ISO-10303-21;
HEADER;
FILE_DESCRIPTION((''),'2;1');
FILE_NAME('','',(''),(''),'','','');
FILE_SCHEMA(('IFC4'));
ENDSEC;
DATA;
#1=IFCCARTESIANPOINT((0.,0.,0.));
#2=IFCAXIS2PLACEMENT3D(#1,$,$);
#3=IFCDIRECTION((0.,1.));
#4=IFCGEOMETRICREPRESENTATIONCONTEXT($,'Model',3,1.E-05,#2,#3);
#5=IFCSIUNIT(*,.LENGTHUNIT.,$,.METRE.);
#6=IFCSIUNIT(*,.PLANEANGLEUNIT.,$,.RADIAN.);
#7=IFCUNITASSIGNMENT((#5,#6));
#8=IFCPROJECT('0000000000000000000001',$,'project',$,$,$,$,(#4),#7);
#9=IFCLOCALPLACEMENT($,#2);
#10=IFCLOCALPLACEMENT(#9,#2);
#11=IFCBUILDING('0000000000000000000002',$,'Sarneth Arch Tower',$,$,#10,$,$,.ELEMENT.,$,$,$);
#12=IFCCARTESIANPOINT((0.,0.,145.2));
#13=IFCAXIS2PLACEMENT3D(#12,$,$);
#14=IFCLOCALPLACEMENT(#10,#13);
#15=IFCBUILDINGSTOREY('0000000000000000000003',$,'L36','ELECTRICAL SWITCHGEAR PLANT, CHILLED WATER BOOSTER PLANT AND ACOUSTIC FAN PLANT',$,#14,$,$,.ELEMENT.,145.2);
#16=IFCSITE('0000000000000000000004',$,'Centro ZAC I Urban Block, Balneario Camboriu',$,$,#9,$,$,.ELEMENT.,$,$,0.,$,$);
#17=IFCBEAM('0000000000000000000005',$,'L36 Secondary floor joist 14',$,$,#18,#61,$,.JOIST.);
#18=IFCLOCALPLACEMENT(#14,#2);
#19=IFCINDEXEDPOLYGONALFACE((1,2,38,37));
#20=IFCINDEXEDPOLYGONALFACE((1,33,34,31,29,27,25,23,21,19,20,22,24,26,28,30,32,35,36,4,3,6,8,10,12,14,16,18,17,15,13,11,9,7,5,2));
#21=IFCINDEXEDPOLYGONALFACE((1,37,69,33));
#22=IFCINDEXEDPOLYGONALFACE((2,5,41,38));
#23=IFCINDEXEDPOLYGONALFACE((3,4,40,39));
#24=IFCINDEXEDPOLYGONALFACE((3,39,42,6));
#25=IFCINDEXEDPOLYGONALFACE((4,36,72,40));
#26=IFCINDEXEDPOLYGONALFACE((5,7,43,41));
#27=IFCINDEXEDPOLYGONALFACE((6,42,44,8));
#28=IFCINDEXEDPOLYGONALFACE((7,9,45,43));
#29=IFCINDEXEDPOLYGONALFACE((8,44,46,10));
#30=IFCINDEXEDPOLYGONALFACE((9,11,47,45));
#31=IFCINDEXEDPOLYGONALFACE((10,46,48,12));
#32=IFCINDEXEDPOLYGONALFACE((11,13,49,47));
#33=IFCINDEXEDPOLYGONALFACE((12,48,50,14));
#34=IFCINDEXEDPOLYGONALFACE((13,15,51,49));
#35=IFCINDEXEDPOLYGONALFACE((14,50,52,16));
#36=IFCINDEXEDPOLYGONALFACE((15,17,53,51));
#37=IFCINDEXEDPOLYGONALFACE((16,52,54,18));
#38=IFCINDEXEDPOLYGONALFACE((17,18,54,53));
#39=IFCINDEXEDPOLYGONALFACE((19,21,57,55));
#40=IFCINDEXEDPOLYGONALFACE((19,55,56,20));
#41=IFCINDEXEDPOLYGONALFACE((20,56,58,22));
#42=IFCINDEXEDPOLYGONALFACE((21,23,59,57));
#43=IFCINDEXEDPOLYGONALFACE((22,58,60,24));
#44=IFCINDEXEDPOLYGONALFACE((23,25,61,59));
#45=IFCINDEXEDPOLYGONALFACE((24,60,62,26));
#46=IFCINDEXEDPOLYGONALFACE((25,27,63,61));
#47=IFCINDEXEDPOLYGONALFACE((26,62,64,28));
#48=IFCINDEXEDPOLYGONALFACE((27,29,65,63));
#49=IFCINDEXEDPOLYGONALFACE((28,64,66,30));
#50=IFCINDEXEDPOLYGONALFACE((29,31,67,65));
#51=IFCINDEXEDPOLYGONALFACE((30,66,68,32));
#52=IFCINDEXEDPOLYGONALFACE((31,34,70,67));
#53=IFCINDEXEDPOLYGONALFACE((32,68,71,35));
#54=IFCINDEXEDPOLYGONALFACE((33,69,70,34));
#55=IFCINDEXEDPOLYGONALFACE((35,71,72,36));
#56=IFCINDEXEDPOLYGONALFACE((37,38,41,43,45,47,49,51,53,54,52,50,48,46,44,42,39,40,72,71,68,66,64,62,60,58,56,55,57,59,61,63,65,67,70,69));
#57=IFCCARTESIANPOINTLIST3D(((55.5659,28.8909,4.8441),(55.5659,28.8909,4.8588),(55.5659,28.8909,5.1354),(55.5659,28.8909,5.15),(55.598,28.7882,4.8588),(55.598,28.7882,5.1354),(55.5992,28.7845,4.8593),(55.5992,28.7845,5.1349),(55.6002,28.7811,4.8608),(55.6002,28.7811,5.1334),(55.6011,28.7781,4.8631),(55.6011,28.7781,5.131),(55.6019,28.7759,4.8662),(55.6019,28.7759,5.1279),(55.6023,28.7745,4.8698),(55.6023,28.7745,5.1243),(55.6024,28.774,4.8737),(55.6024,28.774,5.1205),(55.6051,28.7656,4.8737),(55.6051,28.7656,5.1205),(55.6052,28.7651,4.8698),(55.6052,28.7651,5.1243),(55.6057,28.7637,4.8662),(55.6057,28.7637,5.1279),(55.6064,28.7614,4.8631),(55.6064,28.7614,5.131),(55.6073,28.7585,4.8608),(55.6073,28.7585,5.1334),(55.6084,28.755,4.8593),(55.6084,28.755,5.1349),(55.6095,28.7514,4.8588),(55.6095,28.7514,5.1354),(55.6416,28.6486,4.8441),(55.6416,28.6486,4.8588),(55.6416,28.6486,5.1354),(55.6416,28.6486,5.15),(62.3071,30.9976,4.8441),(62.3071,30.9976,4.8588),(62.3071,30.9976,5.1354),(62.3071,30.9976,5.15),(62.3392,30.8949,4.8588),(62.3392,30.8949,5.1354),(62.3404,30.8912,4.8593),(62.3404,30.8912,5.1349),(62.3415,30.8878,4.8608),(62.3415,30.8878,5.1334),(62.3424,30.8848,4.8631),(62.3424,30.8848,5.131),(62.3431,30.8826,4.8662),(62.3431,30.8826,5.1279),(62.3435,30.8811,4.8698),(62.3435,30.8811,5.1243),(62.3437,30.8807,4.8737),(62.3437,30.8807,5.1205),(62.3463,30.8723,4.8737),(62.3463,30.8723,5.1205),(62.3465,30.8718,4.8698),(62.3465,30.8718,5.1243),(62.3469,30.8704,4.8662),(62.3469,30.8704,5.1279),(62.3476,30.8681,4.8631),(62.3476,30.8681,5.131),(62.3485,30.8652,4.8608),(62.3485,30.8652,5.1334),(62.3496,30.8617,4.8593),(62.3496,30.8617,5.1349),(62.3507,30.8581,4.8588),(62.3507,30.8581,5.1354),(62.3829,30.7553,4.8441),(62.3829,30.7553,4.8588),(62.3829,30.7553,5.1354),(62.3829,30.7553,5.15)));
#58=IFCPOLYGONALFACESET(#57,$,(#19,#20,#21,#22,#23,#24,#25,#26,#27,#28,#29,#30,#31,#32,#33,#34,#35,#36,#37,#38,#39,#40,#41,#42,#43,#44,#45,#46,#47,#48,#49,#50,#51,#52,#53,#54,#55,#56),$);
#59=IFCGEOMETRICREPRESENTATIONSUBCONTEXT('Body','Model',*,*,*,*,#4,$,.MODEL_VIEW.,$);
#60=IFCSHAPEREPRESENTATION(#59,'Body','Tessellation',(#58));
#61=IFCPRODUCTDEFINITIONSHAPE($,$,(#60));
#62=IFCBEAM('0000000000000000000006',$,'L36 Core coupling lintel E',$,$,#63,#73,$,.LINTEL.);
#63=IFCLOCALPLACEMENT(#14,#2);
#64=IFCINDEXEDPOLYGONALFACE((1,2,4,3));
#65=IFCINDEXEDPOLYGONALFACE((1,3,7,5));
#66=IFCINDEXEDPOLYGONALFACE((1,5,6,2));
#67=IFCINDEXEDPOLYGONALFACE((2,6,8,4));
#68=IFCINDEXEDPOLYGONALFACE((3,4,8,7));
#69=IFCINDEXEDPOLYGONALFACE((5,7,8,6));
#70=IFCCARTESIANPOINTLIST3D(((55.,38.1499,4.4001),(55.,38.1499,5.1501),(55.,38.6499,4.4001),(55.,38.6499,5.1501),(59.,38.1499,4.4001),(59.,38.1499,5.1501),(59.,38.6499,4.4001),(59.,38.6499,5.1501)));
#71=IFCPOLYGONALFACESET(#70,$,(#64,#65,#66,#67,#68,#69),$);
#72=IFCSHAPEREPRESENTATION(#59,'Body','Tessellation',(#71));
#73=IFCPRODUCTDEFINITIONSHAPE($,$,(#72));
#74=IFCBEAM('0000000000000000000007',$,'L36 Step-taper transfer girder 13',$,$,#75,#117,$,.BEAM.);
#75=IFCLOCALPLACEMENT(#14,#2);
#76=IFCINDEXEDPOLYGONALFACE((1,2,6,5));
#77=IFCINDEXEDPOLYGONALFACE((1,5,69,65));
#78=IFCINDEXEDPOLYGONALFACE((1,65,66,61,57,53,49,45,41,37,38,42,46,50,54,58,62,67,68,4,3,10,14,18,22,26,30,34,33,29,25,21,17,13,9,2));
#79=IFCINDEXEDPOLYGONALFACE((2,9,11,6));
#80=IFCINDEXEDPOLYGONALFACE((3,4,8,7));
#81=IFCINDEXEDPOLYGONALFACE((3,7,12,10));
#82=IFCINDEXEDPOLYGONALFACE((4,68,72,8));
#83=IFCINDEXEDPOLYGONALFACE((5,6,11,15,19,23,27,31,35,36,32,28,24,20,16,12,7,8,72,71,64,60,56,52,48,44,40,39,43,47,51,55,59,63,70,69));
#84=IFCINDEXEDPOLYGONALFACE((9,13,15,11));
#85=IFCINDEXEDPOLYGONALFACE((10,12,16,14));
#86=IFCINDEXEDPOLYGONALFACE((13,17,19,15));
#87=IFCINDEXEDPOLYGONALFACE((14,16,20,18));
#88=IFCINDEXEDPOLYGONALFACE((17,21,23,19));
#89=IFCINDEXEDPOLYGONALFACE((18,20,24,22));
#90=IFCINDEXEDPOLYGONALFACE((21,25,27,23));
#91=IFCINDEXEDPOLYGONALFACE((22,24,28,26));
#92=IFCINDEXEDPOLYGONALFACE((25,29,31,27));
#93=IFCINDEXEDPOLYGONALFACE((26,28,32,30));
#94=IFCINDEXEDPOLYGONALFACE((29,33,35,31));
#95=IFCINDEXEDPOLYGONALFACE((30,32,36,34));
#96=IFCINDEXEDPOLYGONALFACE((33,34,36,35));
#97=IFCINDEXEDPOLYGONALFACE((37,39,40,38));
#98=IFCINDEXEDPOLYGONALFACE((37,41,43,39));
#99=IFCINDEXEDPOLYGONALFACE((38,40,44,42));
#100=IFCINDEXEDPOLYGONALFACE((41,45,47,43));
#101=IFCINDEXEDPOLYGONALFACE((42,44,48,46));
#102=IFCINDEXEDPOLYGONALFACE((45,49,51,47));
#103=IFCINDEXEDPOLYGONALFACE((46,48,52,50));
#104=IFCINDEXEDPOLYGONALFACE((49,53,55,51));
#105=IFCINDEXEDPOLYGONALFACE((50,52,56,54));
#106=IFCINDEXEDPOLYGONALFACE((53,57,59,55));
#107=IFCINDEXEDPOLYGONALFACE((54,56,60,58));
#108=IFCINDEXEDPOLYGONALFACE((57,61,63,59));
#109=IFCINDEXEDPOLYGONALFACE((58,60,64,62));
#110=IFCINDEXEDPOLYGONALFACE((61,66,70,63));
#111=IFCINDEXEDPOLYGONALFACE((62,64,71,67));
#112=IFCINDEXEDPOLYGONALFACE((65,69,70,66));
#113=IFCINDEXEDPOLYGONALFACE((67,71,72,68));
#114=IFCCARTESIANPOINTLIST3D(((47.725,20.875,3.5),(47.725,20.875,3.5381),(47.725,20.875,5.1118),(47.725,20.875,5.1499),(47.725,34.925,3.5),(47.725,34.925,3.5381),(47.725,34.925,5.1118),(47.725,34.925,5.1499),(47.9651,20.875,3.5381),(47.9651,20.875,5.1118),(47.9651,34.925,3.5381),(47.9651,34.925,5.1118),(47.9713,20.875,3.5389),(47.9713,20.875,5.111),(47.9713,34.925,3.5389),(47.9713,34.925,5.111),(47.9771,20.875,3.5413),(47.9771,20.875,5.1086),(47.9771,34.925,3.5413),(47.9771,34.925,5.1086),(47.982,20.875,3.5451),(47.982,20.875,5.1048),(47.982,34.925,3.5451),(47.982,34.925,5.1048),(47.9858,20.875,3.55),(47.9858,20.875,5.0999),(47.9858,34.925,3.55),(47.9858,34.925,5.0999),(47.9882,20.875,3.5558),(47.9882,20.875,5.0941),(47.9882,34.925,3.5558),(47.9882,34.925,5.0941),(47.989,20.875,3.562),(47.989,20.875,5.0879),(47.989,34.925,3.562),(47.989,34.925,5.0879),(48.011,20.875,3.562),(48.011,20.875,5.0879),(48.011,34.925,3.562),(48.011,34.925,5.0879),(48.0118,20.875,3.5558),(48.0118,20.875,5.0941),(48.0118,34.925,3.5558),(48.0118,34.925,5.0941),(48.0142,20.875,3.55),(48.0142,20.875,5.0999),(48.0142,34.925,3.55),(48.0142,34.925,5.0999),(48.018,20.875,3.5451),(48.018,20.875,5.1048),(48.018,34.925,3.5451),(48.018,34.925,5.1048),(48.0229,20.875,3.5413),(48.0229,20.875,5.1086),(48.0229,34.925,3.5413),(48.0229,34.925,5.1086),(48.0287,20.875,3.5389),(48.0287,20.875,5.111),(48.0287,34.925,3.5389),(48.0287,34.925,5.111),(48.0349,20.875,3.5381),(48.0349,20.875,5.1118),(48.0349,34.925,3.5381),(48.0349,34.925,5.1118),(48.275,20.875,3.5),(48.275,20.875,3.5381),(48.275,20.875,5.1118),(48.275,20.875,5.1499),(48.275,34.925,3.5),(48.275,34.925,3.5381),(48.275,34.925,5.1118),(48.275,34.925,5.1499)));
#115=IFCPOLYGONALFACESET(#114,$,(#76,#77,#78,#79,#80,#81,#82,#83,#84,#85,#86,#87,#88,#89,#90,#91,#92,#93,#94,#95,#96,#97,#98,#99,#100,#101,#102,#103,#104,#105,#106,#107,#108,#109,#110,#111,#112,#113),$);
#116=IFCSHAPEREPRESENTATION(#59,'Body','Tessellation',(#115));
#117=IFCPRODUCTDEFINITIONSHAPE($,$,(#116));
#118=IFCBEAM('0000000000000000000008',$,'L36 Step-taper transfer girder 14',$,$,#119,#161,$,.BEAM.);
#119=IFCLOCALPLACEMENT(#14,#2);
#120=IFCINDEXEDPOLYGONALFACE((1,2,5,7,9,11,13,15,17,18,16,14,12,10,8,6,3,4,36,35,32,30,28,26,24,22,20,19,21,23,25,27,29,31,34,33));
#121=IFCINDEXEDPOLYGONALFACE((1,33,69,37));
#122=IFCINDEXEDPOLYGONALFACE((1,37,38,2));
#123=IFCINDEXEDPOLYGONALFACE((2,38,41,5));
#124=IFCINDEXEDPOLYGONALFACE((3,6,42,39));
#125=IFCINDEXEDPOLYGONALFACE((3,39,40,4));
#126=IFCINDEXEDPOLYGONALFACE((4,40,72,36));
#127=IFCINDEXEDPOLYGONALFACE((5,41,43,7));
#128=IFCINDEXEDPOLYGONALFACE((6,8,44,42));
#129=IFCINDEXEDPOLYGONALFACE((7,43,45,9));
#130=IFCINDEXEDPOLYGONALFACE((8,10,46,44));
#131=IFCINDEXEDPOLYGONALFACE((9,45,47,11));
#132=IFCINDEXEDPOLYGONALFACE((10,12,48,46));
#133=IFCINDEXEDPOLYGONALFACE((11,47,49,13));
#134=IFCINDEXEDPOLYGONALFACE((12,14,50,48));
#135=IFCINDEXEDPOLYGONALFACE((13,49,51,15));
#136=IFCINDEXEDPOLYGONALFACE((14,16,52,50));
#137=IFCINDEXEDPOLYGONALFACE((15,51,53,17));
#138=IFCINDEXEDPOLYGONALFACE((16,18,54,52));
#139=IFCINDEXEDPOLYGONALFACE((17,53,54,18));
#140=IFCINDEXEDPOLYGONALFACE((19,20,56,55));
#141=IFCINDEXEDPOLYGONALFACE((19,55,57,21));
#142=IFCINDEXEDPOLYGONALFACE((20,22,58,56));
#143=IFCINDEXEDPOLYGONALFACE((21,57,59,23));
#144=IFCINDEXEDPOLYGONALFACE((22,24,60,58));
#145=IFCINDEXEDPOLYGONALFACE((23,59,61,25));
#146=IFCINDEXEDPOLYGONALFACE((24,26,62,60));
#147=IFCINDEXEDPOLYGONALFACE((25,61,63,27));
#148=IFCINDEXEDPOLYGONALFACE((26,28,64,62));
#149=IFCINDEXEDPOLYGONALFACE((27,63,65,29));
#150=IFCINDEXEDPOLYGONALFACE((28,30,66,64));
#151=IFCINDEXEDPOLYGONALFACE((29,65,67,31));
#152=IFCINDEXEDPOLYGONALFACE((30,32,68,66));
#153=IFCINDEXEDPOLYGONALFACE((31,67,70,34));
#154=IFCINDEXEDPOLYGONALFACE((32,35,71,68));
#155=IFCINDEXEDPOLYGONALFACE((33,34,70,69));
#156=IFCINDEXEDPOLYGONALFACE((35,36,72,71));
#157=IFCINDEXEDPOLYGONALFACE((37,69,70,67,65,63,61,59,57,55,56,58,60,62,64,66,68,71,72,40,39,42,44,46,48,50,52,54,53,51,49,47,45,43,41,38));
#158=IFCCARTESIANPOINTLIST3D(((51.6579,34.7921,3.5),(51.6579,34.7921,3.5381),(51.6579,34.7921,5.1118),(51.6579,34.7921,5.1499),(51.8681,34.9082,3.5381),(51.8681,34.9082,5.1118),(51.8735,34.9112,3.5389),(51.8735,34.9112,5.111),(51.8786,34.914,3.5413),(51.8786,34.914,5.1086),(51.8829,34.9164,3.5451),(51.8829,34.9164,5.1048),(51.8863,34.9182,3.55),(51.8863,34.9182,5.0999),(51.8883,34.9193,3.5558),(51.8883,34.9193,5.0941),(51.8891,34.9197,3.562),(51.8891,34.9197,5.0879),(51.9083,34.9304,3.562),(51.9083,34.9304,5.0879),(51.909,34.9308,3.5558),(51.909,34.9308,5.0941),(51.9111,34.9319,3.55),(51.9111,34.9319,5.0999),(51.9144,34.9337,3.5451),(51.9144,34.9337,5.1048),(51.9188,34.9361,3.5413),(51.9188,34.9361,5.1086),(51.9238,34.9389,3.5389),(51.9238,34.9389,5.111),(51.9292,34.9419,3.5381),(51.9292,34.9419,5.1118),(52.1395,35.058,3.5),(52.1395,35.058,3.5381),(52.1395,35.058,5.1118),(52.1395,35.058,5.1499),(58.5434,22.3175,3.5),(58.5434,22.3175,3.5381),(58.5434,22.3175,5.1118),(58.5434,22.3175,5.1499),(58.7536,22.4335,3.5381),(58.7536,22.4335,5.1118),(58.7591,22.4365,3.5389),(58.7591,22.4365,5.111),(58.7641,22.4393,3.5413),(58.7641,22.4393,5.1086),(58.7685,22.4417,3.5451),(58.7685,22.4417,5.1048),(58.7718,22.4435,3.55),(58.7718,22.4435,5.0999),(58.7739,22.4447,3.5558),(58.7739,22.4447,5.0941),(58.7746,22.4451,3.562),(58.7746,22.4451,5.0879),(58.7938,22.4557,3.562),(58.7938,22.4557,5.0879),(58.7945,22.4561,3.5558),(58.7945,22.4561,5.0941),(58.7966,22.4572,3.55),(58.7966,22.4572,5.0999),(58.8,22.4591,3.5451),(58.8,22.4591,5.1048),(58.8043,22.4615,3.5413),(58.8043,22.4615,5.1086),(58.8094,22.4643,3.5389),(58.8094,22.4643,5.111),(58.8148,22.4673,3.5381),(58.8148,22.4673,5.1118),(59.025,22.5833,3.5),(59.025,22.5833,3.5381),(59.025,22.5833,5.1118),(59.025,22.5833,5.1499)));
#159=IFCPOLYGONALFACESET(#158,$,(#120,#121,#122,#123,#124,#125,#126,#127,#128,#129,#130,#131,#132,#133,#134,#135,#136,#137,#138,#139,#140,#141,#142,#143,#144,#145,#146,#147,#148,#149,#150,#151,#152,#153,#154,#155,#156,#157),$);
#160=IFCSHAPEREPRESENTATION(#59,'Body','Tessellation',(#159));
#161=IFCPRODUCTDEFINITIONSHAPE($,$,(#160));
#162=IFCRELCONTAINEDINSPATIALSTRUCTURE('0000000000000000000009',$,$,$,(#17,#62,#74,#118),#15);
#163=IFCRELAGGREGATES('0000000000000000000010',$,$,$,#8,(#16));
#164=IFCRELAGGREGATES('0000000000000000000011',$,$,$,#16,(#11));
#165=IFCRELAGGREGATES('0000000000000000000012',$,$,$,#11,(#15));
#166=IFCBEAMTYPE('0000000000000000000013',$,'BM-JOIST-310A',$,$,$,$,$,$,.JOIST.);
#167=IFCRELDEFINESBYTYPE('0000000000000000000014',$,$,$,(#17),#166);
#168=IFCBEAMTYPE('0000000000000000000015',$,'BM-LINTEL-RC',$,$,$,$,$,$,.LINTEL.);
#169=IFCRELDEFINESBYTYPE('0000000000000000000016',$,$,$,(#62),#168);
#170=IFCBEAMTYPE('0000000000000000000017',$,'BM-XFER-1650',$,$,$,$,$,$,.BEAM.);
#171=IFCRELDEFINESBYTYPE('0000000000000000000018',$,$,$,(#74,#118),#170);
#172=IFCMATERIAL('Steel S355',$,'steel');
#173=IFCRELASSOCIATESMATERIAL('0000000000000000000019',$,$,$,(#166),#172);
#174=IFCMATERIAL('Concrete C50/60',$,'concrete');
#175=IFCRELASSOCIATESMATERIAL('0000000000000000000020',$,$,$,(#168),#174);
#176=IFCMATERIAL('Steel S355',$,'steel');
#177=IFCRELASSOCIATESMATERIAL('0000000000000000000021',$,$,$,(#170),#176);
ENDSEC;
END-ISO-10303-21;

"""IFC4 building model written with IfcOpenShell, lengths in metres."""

from ifc_helpers import new_model, si_unit, direction, frame, origin, origin_2d, place, context, subcontext, project, spatial, rectangle, i_section, extrude, material, material_profile, profile_set, type_object, element, save


model = new_model("IFC4")

# Units and contexts
model_context = context("Model", 3, precision=1e-05, world=origin(), true_north=direction((0.0, 1.0)))
body_context = subcontext(model_context, "Body", "Model", "MODEL_VIEW")
ifc_project = project(units=[si_unit("LENGTHUNIT", "METRE"), si_unit("PLANEANGLEUNIT", "RADIAN")], contexts=[model_context])

# Site, building, storey
site_placement = place(None, origin())
site = spatial("IfcSite", under=ifc_project, at=site_placement, Name="Centro ZAC I Urban Block, Balneario Camboriu", CompositionType="ELEMENT", RefElevation=0.0)
building_placement = place(site_placement, origin())
building = spatial("IfcBuilding", under=site, at=building_placement, Name="Sarneth Arch Tower", CompositionType="ELEMENT")
storey_placement = place(building_placement, frame((0.0, 0.0, 145.2)))
storey = spatial("IfcBuildingStorey", under=building, at=storey_placement, Name="L36", Description="ELECTRICAL SWITCHGEAR PLANT, CHILLED WATER BOOSTER PLANT AND ACOUSTIC FAN PLANT", CompositionType="ELEMENT", Elevation=145.2)

# Beams
ifc_material_1 = material(Name="Steel S355", Category="steel")
ifc_material_profile_1 = material_profile(ifc_material_1, i_section(OverallWidth=0.2539, OverallDepth=0.3059, WebThickness=0.0088, FlangeThickness=0.0146, FilletRadius=0.0149, at=origin_2d()), Name="W310x79")
ifc_profile_set_1 = profile_set([ifc_material_profile_1], Name="Steel S355")
beam_type_1 = type_object("IfcBeamType", Name="BM-JOIST-310A", PredefinedType="JOIST", material=ifc_profile_set_1)
beam_1_placement = place(storey_placement, frame((55.6038, 28.7698, 4.9971), z_axis=(0.954478, 0.298283, 0.0), x_axis=(-0.298283, 0.954478, 0.0)))
element("IfcBeam", 1, at=beam_1_placement, inside=storey, type_object=beam_type_1, Name="L36 Secondary floor joist 14", PredefinedType="JOIST", context=body_context, shape_type="SweptSolid", body=[
    extrude(i_section(OverallWidth=0.2539, OverallDepth=0.3059, WebThickness=0.0088, FlangeThickness=0.0146, FilletRadius=0.0149, at=origin_2d()), origin(), (0.0, 0.0, 1.0), 7.0627),
])
ifc_material_2 = material(Name="Concrete C50/60", Category="concrete")
ifc_material_profile_2 = material_profile(ifc_material_2, rectangle(XDim=0.5, YDim=0.75, at=origin_2d()), Name="RC-500x750")
ifc_profile_set_2 = profile_set([ifc_material_profile_2], Name="Concrete C50/60")
beam_type_2 = type_object("IfcBeamType", Name="BM-LINTEL-RC", PredefinedType="LINTEL", material=ifc_profile_set_2)
beam_2_placement = place(storey_placement, frame((55.0, 38.3999, 4.7751), z_axis=(1.0, 0.0, 0.0), x_axis=(0.0, 1.0, 0.0)))
element("IfcBeam", 2, at=beam_2_placement, inside=storey, type_object=beam_type_2, Name="L36 Core coupling lintel E", PredefinedType="LINTEL", context=body_context, shape_type="SweptSolid", body=[
    extrude(rectangle(XDim=0.5, YDim=0.75, at=origin_2d()), origin(), (0.0, 0.0, 1.0), 4.0),
])
ifc_material_3 = material(Name="Steel S355", Category="steel")
ifc_material_profile_3 = material_profile(ifc_material_3, i_section(OverallWidth=0.55, OverallDepth=1.6499, WebThickness=0.022, FlangeThickness=0.0381, FilletRadius=0.0239, at=origin_2d()), Name="CVS1650x680")
ifc_profile_set_3 = profile_set([ifc_material_profile_3], Name="Steel S355")
beam_type_3 = type_object("IfcBeamType", Name="BM-XFER-1650", PredefinedType="BEAM", material=ifc_profile_set_3)
beam_3_placement = place(storey_placement, frame((48.0, 34.925, 4.325), z_axis=(0.0, -1.0, 0.0), x_axis=(1.0, 0.0, 0.0)))
element("IfcBeam", 3, at=beam_3_placement, inside=storey, type_object=beam_type_3, Name="L36 Step-taper transfer girder 13", PredefinedType="BEAM", context=body_context, shape_type="SweptSolid", body=[
    extrude(i_section(OverallWidth=0.55, OverallDepth=1.6499, WebThickness=0.022, FlangeThickness=0.0381, FilletRadius=0.0239, at=origin_2d()), origin(), (0.0, 0.0, 1.0), 14.05),
])
beam_4_placement = place(storey_placement, frame((51.8987, 34.925, 4.325), z_axis=(0.483236, -0.87549, 0.0), x_axis=(0.87549, 0.483236, 0.0)))
element("IfcBeam", 4, at=beam_4_placement, inside=storey, type_object=beam_type_3, Name="L36 Step-taper transfer girder 14", PredefinedType="BEAM", context=body_context, shape_type="SweptSolid", body=[
    extrude(i_section(OverallWidth=0.55, OverallDepth=1.6499, WebThickness=0.022, FlangeThickness=0.0381, FilletRadius=0.0239, at=origin_2d()), origin(), (0.0, 0.0, 1.0), 14.2488),
])

save(model, "model.ifc")
